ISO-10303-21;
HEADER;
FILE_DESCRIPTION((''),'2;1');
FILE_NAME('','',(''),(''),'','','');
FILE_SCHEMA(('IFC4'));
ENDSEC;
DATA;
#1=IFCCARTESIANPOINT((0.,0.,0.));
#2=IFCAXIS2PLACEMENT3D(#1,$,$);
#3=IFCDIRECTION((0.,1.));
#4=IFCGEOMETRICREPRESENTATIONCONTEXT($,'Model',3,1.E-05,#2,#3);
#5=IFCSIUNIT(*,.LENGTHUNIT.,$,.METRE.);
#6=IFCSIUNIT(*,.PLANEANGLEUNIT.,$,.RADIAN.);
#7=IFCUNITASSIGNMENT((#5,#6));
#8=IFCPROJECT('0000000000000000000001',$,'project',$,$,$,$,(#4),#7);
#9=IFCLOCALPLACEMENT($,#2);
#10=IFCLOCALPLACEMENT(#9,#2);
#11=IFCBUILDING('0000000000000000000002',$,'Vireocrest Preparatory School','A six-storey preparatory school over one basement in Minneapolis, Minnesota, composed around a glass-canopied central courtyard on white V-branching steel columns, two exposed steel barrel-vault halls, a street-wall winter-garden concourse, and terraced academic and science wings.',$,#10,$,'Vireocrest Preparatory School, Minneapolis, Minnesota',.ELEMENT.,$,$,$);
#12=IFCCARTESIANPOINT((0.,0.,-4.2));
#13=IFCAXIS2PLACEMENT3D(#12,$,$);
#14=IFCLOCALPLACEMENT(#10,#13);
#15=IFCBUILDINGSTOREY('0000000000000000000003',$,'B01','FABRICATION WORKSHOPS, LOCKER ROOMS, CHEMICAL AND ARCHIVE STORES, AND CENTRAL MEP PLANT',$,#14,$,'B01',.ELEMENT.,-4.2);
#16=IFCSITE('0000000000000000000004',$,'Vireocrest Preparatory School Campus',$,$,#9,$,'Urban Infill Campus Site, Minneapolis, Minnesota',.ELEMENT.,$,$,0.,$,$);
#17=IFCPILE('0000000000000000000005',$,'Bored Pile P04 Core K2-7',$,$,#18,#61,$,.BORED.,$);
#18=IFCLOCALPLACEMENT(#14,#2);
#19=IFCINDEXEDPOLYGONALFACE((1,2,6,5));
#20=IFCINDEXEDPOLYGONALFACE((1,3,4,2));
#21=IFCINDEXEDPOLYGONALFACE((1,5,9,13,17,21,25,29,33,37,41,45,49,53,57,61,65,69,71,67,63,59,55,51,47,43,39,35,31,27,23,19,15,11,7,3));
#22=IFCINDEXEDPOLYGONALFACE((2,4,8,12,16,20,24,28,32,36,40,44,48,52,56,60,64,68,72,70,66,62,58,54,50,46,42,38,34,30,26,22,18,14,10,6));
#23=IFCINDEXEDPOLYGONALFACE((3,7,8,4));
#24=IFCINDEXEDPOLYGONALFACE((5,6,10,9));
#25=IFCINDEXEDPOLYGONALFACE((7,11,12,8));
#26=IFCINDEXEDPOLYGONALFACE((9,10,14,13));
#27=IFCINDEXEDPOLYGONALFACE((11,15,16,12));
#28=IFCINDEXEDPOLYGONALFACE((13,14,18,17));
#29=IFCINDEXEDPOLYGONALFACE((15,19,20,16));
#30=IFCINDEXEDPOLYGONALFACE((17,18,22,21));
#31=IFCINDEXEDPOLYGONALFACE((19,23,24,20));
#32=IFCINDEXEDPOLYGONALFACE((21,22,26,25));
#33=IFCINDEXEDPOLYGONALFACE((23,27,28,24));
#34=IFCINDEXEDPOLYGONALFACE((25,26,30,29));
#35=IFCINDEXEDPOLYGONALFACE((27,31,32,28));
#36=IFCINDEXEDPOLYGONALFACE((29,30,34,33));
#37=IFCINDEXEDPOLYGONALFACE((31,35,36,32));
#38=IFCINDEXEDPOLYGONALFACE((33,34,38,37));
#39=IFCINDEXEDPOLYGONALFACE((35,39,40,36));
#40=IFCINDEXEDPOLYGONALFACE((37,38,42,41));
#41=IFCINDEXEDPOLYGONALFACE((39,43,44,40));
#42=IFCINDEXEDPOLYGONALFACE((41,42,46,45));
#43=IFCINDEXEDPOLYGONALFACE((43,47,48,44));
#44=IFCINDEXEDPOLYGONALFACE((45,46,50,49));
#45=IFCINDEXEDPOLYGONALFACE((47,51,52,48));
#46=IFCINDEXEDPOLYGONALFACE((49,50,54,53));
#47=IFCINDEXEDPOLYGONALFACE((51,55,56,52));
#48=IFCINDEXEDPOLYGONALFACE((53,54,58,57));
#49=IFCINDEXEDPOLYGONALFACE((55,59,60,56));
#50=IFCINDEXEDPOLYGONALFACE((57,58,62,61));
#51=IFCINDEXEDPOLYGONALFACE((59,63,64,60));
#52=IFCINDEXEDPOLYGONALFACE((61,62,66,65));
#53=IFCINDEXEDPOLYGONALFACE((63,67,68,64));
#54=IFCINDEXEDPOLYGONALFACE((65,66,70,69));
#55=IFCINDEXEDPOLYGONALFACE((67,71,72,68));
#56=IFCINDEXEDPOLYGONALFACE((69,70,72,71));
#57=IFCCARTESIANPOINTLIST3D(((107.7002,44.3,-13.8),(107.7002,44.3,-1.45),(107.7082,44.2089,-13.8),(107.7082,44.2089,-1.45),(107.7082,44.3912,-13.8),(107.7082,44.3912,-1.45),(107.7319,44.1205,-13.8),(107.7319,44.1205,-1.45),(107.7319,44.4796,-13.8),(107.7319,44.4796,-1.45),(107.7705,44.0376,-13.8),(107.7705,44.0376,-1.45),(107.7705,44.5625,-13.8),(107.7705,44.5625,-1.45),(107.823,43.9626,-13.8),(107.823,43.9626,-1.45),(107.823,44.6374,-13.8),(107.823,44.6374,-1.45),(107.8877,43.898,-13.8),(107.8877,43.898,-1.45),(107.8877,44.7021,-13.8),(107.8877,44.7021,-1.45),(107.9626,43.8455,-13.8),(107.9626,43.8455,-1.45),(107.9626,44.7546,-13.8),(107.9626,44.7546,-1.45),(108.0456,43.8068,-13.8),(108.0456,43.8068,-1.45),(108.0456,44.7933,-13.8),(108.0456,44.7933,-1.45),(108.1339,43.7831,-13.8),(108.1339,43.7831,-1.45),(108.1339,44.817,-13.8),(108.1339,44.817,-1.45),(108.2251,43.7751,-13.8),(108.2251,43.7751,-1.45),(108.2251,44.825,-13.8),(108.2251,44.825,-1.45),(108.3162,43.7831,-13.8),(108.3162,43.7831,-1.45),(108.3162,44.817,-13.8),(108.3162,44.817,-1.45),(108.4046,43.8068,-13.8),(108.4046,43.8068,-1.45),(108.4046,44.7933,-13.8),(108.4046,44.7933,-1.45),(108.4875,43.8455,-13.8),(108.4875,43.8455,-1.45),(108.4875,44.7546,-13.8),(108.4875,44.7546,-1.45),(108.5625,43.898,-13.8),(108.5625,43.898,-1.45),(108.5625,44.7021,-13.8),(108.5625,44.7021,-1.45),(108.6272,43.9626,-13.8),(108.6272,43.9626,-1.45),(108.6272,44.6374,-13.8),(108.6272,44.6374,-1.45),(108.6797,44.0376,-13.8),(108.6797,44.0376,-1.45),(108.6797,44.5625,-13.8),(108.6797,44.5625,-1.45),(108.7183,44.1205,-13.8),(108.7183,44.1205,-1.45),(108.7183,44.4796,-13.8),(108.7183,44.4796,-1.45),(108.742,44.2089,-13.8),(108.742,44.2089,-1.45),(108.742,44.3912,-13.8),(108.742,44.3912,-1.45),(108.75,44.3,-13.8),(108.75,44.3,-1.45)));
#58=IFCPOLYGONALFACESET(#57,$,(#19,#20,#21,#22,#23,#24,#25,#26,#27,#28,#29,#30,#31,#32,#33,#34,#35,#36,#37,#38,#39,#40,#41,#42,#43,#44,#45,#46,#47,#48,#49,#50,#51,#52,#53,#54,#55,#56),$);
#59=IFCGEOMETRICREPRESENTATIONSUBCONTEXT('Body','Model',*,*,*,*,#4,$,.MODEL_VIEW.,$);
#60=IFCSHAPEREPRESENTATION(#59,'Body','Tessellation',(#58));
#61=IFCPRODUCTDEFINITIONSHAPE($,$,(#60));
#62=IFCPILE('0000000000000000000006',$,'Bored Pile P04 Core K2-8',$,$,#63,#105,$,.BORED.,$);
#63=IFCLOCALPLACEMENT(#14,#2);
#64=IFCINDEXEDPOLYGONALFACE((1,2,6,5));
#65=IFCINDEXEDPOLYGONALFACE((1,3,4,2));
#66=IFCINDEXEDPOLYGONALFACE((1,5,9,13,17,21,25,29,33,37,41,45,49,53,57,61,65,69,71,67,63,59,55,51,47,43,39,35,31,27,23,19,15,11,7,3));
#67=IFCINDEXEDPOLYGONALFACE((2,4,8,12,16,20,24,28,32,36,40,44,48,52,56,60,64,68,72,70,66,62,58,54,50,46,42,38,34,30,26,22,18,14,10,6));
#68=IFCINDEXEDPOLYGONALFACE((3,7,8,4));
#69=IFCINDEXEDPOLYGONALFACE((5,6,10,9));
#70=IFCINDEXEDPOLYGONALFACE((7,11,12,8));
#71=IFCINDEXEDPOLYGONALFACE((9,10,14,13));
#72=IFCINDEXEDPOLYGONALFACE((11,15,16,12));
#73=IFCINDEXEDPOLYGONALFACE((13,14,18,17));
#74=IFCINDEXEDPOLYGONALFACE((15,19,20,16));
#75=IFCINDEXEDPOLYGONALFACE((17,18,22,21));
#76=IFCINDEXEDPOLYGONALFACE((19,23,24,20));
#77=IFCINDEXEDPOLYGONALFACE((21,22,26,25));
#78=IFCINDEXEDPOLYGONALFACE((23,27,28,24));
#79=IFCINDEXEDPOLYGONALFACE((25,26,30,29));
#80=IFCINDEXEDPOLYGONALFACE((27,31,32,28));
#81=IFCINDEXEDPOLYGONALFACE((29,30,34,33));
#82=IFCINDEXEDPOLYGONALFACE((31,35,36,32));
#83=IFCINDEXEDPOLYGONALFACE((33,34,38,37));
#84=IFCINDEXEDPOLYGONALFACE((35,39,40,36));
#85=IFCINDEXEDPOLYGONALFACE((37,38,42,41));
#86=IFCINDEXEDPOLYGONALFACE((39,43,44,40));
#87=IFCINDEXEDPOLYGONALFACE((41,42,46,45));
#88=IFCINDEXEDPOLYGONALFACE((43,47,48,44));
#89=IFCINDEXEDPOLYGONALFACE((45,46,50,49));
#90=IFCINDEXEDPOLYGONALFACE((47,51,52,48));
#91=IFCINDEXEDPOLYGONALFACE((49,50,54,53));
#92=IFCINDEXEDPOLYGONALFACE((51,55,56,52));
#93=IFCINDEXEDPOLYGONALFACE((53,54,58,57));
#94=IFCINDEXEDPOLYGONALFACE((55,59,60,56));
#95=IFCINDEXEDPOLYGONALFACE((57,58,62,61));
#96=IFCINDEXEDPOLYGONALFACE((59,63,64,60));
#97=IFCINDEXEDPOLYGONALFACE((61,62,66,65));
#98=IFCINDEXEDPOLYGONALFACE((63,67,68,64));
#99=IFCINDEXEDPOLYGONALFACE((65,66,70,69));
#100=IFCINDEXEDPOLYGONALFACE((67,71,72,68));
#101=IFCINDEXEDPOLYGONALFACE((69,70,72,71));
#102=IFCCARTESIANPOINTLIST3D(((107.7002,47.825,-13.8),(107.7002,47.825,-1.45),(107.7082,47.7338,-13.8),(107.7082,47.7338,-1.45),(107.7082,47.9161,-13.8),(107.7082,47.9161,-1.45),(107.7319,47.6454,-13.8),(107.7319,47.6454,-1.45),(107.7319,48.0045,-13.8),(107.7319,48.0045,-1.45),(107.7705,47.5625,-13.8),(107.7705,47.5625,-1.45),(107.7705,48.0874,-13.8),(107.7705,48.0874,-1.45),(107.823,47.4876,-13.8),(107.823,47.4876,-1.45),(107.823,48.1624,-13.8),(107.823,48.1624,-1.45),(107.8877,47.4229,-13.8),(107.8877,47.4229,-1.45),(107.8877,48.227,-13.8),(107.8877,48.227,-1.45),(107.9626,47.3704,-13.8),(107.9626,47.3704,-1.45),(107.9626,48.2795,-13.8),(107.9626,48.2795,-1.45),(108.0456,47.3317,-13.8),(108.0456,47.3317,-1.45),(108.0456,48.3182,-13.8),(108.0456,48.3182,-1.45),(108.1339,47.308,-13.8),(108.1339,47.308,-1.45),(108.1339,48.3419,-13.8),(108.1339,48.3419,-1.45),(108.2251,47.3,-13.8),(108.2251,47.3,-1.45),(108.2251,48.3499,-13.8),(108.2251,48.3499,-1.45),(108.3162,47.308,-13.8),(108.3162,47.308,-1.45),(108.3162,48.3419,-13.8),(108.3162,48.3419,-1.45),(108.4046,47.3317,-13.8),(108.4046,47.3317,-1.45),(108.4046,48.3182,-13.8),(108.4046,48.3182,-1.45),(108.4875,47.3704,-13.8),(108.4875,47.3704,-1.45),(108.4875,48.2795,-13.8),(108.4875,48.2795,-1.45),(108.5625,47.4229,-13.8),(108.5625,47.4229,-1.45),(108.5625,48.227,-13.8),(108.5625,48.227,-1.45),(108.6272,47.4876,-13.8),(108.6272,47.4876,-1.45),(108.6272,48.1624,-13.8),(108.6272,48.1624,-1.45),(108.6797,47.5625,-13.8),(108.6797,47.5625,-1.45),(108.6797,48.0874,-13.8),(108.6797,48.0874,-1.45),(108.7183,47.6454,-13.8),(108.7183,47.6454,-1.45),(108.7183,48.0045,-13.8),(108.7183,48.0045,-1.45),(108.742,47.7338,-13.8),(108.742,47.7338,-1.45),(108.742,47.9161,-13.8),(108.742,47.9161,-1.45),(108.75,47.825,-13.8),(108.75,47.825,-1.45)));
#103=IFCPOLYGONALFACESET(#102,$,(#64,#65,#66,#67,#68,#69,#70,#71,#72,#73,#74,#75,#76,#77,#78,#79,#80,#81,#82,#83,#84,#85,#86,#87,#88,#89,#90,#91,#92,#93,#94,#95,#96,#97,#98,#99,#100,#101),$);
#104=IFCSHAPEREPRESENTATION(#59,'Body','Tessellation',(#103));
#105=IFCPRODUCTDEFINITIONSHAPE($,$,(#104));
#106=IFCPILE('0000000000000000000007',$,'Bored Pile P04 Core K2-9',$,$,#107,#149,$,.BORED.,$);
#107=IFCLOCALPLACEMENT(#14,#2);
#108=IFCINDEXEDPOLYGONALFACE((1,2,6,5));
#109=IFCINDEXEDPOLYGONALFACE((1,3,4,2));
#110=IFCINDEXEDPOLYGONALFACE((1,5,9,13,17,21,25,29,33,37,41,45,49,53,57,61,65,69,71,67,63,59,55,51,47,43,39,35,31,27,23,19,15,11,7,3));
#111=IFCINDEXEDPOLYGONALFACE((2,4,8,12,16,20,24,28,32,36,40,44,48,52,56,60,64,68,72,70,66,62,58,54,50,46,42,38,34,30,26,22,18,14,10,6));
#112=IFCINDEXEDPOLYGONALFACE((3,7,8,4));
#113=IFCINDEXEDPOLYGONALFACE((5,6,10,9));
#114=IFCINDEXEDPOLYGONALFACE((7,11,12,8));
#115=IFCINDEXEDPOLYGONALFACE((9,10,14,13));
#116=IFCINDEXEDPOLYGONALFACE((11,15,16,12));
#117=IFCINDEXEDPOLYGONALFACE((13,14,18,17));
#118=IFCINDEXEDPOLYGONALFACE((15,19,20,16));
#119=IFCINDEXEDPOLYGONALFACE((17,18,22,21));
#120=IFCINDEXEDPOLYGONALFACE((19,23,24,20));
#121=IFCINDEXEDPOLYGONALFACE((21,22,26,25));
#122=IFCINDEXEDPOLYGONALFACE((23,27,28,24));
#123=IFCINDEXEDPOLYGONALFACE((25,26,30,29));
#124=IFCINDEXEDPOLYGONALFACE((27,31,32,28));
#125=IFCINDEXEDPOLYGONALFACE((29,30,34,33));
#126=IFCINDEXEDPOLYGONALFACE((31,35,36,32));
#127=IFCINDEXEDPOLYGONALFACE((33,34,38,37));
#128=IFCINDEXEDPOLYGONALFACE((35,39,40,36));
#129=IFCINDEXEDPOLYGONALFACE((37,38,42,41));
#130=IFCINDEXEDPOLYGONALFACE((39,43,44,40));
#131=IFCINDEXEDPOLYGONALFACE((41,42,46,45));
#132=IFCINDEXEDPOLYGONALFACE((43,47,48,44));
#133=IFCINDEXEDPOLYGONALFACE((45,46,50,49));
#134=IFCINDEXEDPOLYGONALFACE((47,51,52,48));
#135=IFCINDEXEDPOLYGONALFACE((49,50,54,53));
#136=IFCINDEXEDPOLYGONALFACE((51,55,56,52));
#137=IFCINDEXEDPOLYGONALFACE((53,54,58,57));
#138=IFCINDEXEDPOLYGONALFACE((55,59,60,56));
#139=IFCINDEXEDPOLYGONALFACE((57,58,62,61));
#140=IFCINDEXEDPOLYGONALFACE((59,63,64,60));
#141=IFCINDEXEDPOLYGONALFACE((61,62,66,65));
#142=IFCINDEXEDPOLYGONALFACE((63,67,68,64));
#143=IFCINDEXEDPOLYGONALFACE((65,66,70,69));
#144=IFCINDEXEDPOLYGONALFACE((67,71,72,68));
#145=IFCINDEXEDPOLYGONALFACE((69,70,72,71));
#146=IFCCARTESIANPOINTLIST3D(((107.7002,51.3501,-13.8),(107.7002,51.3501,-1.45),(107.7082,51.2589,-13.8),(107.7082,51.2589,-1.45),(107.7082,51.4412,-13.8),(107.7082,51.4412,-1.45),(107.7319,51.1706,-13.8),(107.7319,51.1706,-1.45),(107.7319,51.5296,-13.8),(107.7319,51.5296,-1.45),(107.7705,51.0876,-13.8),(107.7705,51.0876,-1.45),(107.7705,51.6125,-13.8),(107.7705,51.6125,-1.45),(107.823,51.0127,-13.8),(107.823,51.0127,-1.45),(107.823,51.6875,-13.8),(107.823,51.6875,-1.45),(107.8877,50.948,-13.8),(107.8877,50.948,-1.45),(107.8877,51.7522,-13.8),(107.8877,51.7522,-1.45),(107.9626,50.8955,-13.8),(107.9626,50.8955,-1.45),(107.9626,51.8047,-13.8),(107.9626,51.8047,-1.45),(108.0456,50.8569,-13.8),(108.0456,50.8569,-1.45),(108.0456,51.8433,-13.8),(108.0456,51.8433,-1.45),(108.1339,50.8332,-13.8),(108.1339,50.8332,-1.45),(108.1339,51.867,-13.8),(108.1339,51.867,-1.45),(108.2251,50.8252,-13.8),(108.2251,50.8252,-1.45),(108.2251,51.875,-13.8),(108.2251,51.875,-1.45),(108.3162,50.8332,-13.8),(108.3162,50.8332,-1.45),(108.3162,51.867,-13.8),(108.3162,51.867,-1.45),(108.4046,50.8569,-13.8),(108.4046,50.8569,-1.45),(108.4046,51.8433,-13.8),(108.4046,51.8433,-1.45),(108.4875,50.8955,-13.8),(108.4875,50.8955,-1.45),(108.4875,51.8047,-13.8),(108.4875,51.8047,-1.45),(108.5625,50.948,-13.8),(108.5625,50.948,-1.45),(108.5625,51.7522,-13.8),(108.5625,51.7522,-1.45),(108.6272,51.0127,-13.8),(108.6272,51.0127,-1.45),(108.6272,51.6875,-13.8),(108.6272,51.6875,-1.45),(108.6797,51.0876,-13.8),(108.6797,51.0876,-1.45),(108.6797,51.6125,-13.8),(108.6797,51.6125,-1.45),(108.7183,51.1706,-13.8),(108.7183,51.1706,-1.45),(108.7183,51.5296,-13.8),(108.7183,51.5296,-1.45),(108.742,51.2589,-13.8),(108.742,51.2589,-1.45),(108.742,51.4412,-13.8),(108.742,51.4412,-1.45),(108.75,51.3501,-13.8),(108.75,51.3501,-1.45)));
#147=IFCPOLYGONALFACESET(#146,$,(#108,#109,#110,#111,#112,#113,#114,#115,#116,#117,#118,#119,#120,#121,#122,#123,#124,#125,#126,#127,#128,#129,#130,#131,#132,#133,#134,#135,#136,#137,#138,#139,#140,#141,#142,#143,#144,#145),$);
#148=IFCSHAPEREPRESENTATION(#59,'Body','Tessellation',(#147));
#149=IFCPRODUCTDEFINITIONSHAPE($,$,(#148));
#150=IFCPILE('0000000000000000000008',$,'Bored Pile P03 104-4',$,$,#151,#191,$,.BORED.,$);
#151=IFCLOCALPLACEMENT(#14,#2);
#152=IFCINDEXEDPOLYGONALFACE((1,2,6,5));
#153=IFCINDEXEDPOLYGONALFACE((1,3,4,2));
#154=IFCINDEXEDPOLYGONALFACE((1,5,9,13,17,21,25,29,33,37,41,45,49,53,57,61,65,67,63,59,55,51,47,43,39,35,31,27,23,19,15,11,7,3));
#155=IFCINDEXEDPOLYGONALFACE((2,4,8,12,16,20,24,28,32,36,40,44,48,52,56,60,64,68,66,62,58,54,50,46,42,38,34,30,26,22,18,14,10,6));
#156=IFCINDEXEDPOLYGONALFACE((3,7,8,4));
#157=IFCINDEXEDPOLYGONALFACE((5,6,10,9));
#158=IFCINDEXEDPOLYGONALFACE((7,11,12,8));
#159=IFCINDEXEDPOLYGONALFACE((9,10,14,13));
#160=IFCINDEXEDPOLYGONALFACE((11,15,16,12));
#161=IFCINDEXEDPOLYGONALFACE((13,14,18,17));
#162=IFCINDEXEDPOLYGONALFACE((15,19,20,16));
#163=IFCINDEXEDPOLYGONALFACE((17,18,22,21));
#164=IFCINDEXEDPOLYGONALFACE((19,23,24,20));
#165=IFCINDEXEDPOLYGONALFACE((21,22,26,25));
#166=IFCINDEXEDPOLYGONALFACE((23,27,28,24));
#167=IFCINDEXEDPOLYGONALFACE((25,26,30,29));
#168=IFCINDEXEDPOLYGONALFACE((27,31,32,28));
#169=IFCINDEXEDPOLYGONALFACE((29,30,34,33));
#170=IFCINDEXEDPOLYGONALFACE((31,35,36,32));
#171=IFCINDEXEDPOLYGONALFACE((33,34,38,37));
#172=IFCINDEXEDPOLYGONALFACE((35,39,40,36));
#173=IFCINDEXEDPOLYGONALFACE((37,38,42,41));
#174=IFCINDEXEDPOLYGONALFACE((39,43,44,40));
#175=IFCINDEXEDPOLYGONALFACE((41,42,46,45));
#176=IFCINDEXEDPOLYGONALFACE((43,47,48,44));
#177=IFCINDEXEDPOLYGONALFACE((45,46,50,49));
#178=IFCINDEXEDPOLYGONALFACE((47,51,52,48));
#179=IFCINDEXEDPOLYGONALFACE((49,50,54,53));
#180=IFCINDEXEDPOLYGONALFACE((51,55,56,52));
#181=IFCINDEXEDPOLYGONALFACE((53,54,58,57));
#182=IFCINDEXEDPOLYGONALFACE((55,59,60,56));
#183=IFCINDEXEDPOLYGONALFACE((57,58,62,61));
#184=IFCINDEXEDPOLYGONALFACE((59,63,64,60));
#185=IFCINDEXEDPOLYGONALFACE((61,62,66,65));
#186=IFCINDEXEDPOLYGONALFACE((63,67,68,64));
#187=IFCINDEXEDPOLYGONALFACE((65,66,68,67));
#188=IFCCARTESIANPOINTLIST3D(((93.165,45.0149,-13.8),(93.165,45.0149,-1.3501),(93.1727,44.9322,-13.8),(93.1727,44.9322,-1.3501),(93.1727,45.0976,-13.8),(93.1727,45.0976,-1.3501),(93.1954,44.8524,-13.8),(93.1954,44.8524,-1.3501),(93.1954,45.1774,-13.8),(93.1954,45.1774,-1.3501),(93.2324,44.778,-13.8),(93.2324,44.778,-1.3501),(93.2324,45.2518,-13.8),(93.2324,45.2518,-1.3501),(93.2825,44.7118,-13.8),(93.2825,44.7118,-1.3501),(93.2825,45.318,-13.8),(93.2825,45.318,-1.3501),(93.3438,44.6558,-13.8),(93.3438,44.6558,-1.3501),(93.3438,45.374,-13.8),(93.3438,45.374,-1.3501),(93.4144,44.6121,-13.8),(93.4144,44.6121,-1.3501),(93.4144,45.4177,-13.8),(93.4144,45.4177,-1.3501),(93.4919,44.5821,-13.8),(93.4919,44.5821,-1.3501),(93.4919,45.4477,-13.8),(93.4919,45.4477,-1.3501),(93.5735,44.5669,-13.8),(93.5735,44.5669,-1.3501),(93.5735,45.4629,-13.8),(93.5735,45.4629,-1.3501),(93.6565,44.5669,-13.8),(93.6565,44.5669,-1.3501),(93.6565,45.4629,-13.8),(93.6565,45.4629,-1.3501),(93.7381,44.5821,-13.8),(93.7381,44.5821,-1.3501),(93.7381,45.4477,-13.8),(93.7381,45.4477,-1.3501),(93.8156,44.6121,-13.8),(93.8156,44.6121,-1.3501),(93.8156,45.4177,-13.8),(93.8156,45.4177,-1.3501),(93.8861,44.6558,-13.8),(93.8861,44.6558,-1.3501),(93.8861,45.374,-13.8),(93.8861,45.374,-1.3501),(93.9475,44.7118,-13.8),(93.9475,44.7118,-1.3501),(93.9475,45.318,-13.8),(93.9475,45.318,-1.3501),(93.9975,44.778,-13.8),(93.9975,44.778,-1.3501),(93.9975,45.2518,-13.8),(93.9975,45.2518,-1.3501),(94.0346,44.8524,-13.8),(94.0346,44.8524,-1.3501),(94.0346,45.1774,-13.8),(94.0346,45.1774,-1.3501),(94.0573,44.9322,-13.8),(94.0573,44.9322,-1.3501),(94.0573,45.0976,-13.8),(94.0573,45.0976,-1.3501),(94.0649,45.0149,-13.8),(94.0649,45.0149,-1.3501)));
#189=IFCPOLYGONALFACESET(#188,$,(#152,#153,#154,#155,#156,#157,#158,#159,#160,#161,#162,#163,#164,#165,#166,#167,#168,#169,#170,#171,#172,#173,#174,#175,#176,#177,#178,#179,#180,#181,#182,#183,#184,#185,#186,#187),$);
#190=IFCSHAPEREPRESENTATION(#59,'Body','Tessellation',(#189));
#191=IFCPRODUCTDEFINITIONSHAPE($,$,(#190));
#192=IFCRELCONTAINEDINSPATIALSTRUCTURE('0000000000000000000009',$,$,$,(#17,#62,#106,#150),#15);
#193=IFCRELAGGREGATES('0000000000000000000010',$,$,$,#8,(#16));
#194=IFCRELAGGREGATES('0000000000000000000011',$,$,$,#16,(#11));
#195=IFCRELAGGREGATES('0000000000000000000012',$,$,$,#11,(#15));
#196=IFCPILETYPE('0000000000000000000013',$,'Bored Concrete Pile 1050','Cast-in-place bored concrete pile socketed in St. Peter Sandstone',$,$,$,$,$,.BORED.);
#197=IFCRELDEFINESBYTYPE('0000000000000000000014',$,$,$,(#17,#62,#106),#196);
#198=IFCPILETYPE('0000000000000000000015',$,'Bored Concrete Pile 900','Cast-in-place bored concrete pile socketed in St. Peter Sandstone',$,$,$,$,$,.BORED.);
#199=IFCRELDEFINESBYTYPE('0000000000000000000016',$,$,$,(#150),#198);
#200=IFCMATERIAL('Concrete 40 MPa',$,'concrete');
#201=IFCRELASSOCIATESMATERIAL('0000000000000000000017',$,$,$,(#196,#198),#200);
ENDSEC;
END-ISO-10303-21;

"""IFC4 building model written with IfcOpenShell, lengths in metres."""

from ifc_helpers import new_model, si_unit, direction, frame, origin, origin_2d, place, context, subcontext, project, spatial, circle, extrude, material, material_profile, profile_set, type_object, element, save


model = new_model("IFC4")

# Units and contexts
model_context = context("Model", 3, precision=1e-05, world=origin(), true_north=direction((0.0, 1.0)))
body_context = subcontext(model_context, "Body", "Model", "MODEL_VIEW")
ifc_project = project(units=[si_unit("LENGTHUNIT", "METRE"), si_unit("PLANEANGLEUNIT", "RADIAN")], contexts=[model_context])

# Site, building, storey
site_placement = place(None, origin())
site = spatial("IfcSite", under=ifc_project, at=site_placement, Name="Vireocrest Preparatory School Campus", LongName="Urban Infill Campus Site, Minneapolis, Minnesota", CompositionType="ELEMENT", RefElevation=0.0)
building_placement = place(site_placement, origin())
building = spatial("IfcBuilding", under=site, at=building_placement, Name="Vireocrest Preparatory School", Description="A six-storey preparatory school over one basement in Minneapolis, Minnesota, composed around a glass-canopied central courtyard on white V-branching steel columns, two exposed steel barrel-vault halls, a street-wall winter-garden concourse, and terraced academic and science wings.", LongName="Vireocrest Preparatory School, Minneapolis, Minnesota", CompositionType="ELEMENT")
storey_placement = place(building_placement, frame((0.0, 0.0, -4.2)))
storey = spatial("IfcBuildingStorey", under=building, at=storey_placement, Name="B01", Description="FABRICATION WORKSHOPS, LOCKER ROOMS, CHEMICAL AND ARCHIVE STORES, AND CENTRAL MEP PLANT", LongName="B01", CompositionType="ELEMENT", Elevation=-4.2)

# Piles
ifc_material_1 = material(Name="Concrete 40 MPa", Category="concrete")
ifc_material_profile_1 = material_profile(ifc_material_1, circle(Radius=0.5249, at=origin_2d()), Name="BORED PILE 1050")
ifc_profile_set_1 = profile_set([ifc_material_profile_1], Name="Concrete 40 MPa")
pile_type_1 = type_object("IfcPileType", Name="Bored Concrete Pile 1050", Description="Cast-in-place bored concrete pile socketed in St. Peter Sandstone", PredefinedType="BORED", material=ifc_profile_set_1)
for number, where, z_axis, x_axis, name in (
    (1, (108.2251, 44.3, -1.45), (0.0, 0.0, -1.0), (1.0, 0.0, 0.0), "Bored Pile P04 Core K2-7"),
    (2, (108.2251, 47.825, -1.45), (0.0, 0.0, -1.0), (1.0, 0.0, 0.0), "Bored Pile P04 Core K2-8"),
    (3, (108.2251, 51.3501, -1.45), (0.0, 0.0, -1.0), (1.0, 0.0, 0.0), "Bored Pile P04 Core K2-9"),
):
    element("IfcPile", number, at=place(storey_placement, frame(where, z_axis=z_axis, x_axis=x_axis)), inside=storey, type_object=pile_type_1, Name=name, PredefinedType="BORED", context=body_context, shape_type="SweptSolid", body=[
        extrude(circle(Radius=0.5249, at=origin_2d()), origin(), (0.0, 0.0, 1.0), 12.3501),
    ])
ifc_material_profile_2 = material_profile(ifc_material_1, circle(Radius=0.45, at=origin_2d()), Name="BORED PILE 900")
ifc_profile_set_2 = profile_set([ifc_material_profile_2], Name="Concrete 40 MPa")
pile_type_2 = type_object("IfcPileType", Name="Bored Concrete Pile 900", Description="Cast-in-place bored concrete pile socketed in St. Peter Sandstone", PredefinedType="BORED", material=ifc_profile_set_2)
for number, where, z_axis, x_axis, name in (
    (4, (93.615, 45.0149, -1.3501), (0.0, 0.0, -1.0), (1.0, 0.0, 0.0), "Bored Pile P03 104-4"),
):
    element("IfcPile", number, at=place(storey_placement, frame(where, z_axis=z_axis, x_axis=x_axis)), inside=storey, type_object=pile_type_2, Name=name, PredefinedType="BORED", context=body_context, shape_type="SweptSolid", body=[
        extrude(circle(Radius=0.45, at=origin_2d()), origin(), (0.0, 0.0, 1.0), 12.45),
    ])

save(model, "model.ifc")
